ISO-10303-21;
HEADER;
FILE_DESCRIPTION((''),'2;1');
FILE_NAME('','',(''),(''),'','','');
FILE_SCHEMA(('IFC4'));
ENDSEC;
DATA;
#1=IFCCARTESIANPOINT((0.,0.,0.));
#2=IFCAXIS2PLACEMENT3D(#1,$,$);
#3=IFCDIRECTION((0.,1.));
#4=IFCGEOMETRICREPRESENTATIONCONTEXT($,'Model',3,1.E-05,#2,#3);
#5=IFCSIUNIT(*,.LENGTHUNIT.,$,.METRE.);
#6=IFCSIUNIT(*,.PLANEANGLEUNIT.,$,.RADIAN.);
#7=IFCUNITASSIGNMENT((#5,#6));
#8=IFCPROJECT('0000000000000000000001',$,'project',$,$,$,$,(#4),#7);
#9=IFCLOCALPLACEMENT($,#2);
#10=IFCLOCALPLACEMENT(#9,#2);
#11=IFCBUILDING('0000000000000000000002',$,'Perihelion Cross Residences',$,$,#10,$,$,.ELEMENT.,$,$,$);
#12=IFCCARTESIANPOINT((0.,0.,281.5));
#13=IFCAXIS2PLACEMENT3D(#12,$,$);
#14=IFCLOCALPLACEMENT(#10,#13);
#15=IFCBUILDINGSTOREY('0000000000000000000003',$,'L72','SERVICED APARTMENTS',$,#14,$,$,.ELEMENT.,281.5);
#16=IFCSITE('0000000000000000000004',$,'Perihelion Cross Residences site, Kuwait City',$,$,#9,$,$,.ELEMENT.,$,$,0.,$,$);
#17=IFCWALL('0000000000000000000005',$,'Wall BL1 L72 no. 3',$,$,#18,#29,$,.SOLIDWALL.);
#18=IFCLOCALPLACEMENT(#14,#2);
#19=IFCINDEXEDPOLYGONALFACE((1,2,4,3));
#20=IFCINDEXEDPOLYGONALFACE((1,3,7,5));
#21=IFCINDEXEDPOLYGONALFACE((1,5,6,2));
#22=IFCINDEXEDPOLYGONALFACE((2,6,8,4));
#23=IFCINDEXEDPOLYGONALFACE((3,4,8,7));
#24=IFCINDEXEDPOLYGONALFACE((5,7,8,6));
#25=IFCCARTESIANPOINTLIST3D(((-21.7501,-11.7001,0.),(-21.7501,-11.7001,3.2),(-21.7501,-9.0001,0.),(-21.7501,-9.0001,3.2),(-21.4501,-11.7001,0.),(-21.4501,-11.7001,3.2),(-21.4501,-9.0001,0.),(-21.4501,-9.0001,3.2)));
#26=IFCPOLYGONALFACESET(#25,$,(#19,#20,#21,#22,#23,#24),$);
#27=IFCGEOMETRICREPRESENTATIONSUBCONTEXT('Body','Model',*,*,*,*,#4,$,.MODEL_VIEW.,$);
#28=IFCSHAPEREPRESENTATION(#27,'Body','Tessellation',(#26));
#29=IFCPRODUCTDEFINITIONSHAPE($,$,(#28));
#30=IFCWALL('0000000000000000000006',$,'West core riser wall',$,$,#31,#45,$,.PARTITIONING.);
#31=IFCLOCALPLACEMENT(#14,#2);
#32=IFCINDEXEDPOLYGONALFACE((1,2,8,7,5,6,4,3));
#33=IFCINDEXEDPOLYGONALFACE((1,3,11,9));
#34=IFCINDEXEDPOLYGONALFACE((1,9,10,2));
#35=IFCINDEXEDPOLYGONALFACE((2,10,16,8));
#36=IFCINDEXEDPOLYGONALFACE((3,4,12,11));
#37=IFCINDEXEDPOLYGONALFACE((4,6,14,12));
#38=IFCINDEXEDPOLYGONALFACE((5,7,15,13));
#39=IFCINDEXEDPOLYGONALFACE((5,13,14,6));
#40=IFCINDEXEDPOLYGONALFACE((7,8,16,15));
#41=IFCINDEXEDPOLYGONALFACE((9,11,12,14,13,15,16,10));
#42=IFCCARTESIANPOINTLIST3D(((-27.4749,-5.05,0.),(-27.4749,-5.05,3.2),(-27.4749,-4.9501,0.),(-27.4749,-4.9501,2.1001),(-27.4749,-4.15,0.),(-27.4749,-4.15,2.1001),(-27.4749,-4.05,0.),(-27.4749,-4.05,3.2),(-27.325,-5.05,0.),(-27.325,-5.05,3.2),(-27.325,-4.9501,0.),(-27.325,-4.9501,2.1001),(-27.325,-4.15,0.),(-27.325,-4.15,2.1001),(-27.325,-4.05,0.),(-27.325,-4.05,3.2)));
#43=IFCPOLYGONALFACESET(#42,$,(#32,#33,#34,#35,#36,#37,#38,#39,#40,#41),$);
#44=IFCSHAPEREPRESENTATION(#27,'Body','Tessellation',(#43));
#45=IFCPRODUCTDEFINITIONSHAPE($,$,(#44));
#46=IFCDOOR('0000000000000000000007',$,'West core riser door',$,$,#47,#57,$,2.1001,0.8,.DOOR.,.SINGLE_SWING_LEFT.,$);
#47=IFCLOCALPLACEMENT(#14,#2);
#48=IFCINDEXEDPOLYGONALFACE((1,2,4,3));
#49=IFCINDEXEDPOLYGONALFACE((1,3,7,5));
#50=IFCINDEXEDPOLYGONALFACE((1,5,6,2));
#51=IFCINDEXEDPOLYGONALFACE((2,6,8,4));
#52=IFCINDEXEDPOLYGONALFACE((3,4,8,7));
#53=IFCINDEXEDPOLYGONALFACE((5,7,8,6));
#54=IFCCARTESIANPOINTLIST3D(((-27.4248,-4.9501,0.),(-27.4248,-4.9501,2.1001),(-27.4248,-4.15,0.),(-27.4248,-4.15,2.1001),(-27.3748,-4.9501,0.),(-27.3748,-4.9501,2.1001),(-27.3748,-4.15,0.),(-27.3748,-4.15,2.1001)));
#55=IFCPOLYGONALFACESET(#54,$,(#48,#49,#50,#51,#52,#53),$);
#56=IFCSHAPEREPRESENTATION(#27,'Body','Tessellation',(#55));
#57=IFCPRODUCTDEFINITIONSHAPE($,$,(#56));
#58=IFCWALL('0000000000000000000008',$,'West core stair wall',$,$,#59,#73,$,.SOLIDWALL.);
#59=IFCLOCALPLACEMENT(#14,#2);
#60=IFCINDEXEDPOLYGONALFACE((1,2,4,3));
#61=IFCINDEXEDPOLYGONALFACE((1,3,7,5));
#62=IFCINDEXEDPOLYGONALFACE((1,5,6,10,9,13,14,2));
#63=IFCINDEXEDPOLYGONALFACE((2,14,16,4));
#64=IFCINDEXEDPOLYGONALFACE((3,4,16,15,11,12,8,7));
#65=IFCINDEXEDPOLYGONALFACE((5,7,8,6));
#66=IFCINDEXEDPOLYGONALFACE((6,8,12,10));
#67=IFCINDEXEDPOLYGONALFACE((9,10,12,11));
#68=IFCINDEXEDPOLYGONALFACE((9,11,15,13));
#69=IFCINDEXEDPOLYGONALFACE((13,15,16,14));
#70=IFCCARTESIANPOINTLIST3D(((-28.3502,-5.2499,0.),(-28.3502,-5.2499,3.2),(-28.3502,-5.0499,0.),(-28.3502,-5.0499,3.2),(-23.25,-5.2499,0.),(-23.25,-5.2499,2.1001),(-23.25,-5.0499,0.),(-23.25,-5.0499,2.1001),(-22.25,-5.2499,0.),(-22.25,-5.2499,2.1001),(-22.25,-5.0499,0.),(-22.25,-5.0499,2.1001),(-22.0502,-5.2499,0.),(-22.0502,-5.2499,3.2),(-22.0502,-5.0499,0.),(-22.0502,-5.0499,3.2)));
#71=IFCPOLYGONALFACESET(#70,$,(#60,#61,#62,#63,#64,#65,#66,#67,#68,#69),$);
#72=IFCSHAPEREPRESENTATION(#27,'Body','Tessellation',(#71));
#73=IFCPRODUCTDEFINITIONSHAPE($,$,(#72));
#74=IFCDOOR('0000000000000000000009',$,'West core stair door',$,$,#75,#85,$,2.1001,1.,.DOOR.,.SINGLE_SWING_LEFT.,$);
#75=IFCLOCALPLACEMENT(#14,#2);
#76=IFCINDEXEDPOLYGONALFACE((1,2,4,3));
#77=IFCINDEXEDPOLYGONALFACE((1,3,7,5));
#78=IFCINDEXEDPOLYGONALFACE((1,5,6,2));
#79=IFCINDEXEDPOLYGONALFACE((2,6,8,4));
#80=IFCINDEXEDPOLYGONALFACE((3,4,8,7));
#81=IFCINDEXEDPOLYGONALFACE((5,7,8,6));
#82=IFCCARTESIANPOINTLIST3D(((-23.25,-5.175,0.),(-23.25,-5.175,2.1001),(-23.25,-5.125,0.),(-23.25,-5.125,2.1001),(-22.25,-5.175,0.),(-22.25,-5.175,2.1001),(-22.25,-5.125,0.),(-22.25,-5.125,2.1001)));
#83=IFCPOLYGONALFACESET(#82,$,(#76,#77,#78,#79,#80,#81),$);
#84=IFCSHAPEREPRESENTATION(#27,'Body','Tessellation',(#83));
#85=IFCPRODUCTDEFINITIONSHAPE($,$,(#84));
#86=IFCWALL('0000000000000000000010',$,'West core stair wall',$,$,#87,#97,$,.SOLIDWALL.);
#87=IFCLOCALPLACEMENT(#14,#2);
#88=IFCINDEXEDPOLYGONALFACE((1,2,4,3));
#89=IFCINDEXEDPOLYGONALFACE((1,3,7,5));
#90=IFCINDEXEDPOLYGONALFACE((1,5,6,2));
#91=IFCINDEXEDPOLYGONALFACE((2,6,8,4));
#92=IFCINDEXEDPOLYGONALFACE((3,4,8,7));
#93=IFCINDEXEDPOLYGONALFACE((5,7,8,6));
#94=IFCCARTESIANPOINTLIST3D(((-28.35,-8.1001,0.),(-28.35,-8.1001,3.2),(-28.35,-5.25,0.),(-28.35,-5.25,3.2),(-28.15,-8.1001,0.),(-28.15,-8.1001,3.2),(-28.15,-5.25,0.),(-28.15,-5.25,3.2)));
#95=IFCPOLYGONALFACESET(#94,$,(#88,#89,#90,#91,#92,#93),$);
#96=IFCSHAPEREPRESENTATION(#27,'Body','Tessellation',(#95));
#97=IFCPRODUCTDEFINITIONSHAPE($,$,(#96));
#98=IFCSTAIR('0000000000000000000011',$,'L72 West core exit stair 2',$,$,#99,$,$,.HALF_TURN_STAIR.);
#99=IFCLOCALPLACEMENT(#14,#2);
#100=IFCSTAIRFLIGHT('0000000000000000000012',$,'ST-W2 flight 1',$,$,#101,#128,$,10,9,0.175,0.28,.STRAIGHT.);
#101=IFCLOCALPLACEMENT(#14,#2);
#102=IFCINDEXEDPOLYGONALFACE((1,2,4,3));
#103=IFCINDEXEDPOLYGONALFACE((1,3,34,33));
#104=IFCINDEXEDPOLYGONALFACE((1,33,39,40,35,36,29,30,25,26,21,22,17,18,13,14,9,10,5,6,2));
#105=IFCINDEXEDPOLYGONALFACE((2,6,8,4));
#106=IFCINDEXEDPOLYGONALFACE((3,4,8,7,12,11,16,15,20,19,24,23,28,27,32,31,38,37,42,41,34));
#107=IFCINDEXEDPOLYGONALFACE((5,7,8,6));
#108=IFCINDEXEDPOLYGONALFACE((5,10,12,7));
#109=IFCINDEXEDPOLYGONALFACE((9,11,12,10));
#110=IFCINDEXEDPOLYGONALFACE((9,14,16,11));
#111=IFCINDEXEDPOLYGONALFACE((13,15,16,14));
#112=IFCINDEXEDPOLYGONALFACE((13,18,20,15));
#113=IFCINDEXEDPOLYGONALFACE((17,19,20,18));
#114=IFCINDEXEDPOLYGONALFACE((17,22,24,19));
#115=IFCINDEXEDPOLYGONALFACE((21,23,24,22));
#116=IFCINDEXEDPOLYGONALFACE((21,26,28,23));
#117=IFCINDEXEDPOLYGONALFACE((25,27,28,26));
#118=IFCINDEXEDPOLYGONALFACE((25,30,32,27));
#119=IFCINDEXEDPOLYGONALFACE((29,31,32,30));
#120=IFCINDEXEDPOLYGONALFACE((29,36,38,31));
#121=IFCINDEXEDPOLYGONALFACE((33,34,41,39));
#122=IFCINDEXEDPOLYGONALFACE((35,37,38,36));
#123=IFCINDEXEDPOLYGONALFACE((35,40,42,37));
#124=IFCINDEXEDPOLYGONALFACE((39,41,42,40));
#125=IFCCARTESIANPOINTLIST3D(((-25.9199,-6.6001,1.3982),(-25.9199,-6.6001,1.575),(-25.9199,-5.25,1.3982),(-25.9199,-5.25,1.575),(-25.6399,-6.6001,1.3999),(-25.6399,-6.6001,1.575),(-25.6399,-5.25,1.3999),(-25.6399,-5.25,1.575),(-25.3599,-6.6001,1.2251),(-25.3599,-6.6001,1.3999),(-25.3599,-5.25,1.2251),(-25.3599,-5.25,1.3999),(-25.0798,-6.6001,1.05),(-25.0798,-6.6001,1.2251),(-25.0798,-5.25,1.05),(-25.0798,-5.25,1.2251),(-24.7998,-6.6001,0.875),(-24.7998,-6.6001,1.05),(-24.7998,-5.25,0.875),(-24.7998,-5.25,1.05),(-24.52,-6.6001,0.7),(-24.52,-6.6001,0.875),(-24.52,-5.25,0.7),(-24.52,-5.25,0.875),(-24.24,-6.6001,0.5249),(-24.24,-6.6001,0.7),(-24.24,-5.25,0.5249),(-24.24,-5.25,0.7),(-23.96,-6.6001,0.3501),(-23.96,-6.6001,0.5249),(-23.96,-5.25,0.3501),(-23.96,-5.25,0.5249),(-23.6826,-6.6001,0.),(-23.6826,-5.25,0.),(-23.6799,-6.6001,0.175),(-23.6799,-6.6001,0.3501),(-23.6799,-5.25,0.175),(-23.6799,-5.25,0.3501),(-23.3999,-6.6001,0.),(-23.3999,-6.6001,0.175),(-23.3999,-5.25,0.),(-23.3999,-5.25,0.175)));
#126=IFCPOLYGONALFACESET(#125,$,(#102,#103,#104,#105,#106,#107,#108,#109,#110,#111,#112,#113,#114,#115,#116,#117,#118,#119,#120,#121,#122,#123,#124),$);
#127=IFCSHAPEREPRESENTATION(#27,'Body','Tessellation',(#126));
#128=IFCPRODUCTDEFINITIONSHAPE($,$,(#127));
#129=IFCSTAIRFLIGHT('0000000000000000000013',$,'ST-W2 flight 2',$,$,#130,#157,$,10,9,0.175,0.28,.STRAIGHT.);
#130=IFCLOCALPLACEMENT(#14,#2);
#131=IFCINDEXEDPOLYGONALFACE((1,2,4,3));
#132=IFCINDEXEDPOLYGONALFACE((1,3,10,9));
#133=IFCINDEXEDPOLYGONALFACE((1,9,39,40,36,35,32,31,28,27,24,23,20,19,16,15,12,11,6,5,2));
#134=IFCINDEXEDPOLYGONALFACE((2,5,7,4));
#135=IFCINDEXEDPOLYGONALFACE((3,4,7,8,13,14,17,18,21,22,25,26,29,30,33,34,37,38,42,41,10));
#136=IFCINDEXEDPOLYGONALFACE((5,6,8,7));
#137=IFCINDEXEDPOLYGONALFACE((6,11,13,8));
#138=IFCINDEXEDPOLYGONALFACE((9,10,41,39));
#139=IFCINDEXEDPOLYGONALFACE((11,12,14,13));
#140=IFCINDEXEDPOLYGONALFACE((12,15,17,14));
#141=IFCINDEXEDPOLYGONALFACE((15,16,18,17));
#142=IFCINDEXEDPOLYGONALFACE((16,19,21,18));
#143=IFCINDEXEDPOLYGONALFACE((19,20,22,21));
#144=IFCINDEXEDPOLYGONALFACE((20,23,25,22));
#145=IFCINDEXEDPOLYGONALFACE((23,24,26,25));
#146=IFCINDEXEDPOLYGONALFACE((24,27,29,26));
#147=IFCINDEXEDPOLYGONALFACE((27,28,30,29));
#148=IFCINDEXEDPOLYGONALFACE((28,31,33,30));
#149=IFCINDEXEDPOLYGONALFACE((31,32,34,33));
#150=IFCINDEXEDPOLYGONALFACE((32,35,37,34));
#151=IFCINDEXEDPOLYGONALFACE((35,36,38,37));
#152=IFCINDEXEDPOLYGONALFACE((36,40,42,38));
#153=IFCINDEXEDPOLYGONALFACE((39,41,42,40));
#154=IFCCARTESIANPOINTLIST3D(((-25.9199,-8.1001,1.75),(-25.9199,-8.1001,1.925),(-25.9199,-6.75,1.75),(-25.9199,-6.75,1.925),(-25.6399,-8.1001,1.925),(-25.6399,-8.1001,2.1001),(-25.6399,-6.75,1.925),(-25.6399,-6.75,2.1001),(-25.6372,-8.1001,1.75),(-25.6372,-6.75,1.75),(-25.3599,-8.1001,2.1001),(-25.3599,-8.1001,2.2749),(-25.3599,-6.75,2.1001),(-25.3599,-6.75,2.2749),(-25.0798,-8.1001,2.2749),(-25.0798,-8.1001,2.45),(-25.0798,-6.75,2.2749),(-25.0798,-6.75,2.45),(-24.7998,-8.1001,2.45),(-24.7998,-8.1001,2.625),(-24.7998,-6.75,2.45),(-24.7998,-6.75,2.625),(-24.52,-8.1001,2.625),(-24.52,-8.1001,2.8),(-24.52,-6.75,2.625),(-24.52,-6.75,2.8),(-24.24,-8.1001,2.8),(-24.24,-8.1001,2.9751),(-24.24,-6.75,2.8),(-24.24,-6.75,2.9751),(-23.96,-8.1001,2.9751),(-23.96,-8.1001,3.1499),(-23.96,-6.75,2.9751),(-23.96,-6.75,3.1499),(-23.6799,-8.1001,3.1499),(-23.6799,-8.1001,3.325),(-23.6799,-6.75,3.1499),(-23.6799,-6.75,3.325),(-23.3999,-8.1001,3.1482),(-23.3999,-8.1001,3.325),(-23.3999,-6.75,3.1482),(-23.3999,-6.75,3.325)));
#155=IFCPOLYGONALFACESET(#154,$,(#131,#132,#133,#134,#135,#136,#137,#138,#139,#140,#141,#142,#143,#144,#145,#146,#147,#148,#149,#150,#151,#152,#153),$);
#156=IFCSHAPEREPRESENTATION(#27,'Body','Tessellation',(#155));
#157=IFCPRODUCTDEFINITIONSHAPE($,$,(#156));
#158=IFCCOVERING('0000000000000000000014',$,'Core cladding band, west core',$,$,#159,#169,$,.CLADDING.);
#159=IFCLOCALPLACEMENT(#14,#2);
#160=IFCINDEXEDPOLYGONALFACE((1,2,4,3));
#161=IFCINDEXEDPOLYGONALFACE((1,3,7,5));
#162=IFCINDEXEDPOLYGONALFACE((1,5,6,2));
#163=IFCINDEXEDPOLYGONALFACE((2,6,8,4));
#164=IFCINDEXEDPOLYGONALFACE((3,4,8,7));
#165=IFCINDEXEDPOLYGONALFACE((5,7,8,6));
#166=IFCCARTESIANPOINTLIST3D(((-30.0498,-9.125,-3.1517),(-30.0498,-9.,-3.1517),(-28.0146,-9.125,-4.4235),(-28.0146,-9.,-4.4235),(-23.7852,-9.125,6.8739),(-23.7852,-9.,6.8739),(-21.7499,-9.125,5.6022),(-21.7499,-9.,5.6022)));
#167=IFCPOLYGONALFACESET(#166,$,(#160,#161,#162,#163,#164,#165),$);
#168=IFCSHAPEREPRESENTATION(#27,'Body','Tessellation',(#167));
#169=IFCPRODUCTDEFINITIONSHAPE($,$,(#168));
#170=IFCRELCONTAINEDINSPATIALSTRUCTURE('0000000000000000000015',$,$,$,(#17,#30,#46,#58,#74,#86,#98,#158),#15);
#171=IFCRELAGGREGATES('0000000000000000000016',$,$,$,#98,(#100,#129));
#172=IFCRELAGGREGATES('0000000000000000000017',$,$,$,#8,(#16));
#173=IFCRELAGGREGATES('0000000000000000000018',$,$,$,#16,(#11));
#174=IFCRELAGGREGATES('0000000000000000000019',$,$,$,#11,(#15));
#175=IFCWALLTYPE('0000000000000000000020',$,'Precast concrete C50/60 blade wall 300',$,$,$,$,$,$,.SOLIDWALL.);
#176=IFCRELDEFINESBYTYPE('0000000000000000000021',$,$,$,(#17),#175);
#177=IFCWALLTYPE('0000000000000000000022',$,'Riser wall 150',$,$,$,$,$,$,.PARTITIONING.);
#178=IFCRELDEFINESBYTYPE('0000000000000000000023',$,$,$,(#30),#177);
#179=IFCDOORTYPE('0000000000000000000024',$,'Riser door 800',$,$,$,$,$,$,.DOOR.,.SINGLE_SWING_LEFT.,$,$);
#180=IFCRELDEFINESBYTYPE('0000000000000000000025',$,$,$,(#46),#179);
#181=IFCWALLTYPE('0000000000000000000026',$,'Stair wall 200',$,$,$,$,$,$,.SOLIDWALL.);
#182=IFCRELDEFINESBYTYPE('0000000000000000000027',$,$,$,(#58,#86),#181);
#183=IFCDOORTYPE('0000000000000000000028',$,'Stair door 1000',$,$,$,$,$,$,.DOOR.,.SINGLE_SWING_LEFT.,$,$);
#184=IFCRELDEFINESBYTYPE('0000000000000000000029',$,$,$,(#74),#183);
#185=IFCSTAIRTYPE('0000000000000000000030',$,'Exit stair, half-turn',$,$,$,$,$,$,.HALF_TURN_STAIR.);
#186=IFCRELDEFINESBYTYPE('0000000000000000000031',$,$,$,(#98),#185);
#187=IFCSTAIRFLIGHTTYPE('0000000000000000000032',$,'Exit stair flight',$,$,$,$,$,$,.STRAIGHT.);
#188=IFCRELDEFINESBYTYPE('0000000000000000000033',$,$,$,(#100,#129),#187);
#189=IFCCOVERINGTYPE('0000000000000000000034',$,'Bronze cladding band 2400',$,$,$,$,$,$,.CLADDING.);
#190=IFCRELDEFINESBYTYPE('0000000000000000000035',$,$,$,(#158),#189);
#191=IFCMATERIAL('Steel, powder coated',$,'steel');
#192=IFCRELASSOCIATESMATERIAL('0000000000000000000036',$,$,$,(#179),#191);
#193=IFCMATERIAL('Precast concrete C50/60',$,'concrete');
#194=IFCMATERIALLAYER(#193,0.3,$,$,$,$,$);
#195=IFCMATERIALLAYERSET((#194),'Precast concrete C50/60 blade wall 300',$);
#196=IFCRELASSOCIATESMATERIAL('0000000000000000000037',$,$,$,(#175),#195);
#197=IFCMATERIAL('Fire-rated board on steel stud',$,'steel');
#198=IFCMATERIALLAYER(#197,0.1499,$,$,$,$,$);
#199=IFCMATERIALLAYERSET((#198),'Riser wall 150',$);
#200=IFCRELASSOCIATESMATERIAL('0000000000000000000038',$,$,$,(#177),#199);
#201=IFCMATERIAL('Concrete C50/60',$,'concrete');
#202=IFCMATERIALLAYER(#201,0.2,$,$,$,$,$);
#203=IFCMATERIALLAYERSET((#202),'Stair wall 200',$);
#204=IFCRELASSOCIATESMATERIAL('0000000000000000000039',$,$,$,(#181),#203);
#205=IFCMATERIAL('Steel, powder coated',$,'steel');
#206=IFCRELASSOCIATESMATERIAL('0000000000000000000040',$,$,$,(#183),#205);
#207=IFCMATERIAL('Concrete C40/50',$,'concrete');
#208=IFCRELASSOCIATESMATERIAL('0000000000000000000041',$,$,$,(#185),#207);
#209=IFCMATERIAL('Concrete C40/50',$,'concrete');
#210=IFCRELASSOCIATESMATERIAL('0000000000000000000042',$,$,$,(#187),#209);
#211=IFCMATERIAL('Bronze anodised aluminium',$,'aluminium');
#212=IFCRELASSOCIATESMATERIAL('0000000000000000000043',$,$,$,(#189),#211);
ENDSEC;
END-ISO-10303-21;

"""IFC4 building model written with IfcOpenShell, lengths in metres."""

from ifc_helpers import new_model, si_unit, direction, frame, frame_2d, origin, origin_2d, place, context, subcontext, project, spatial, polyline, rectangle, outline, extrude, material, layer, layer_set, material_profile, profile_set, type_object, element, fill, aggregate, save


model = new_model("IFC4")

# Units and contexts
model_context = context("Model", 3, precision=1e-05, world=origin(), true_north=direction((0.0, 1.0)))
body_context = subcontext(model_context, "Body", "Model", "MODEL_VIEW")
ifc_project = project(units=[si_unit("LENGTHUNIT", "METRE"), si_unit("PLANEANGLEUNIT", "RADIAN")], contexts=[model_context])

# Site, building, storey
site_placement = place(None, origin())
site = spatial("IfcSite", under=ifc_project, at=site_placement, Name="Perihelion Cross Residences site, Kuwait City", CompositionType="ELEMENT", RefElevation=0.0)
building_placement = place(site_placement, origin())
building = spatial("IfcBuilding", under=site, at=building_placement, Name="Perihelion Cross Residences", CompositionType="ELEMENT")
storey_placement = place(building_placement, frame((0.0, 0.0, 281.5)))
storey = spatial("IfcBuildingStorey", under=building, at=storey_placement, Name="L72", Description="SERVICED APARTMENTS", CompositionType="ELEMENT", Elevation=281.5)

# Shared definitions
ifc_material_1 = material(Name="Steel, powder coated", Category="steel")
door_type_1 = type_object("IfcDoorType", Name="Riser door 800", OperationType="SINGLE_SWING_LEFT", PredefinedType="DOOR", material=ifc_material_1)

# Wall
ifc_material_2 = material(Name="Precast concrete C50/60", Category="concrete")
ifc_layer_1 = layer(ifc_material_2, 0.3)
ifc_layer_set_1 = layer_set([ifc_layer_1], Name="Precast concrete C50/60 blade wall 300")
wall_type_1 = type_object("IfcWallType", Name="Precast concrete C50/60 blade wall 300", PredefinedType="SOLIDWALL", material=ifc_layer_set_1)
wall_1_placement = place(storey_placement, frame((-21.6001, -9.0, 0.0), z_axis=(0.0, 0.0, 1.0), x_axis=(0.0, -1.0, 0.0)))
element("IfcWall", 1, at=wall_1_placement, inside=storey, type_object=wall_type_1, Name="Wall BL1 L72 no. 3", PredefinedType="SOLIDWALL", context=body_context, shape_type="SweptSolid", body=[
    extrude(rectangle(XDim=2.7, YDim=0.3, at=frame_2d((1.3501, 0.0))), origin(), (0.0, 0.0, 1.0), 3.2),
])

# Walls, openings, doors
ifc_material_3 = material(Name="Fire-rated board on steel stud", Category="steel")
ifc_layer_2 = layer(ifc_material_3, 0.1499)
ifc_layer_set_2 = layer_set([ifc_layer_2], Name="Riser wall 150")
wall_type_2 = type_object("IfcWallType", Name="Riser wall 150", PredefinedType="PARTITIONING", material=ifc_layer_set_2)
wall_2_placement = place(storey_placement, frame((-27.3999, -5.05, 0.0), z_axis=(0.0, 0.0, 1.0), x_axis=(0.0, 1.0, 0.0)))
wall_2 = element("IfcWall", 2, at=wall_2_placement, inside=storey, type_object=wall_type_2, Name="West core riser wall", PredefinedType="PARTITIONING", context=body_context, shape_type="SweptSolid", body=[
    extrude(rectangle(XDim=1.0, YDim=0.1499, at=frame_2d((0.5, 0.0))), origin(), (0.0, 0.0, 1.0), 3.2),
])
opening_1_placement = place(wall_2_placement, frame((0.1001, 0.0, 0.0)))
opening_1 = element("IfcOpeningElement", 3, at=opening_1_placement, cuts=wall_2, PredefinedType="OPENING", context=body_context, shape_type="SweptSolid", body=[
    extrude(rectangle(XDim=0.8, YDim=2.1001, at=frame_2d((0.3999, 1.05))), frame((0.0, 0.085, 0.0), z_axis=(0.0, -1.0, 0.0), x_axis=(1.0, 0.0, 0.0)), (0.0, 0.0, 1.0), 0.1699),
])
door_1_placement = place(opening_1_placement, origin())
door_1 = element("IfcDoor", 4, at=door_1_placement, inside=storey, type_object=door_type_1, Name="West core riser door", OperationType="SINGLE_SWING_LEFT", OverallHeight=2.1001, OverallWidth=0.8, PredefinedType="DOOR", context=body_context, shape_type="SweptSolid", body=[
    extrude(rectangle(XDim=0.8, YDim=2.1001, at=frame_2d((0.3999, 1.05))), frame((0.0, 0.0249, 0.0), z_axis=(0.0, -1.0, 0.0), x_axis=(1.0, 0.0, 0.0)), (0.0, 0.0, 1.0), 0.05),
])
fill(opening_1, door_1)
ifc_material_4 = material(Name="Concrete C50/60", Category="concrete")
ifc_layer_3 = layer(ifc_material_4, 0.2)
ifc_layer_set_3 = layer_set([ifc_layer_3], Name="Stair wall 200")
wall_type_3 = type_object("IfcWallType", Name="Stair wall 200", PredefinedType="SOLIDWALL", material=ifc_layer_set_3)
wall_3_placement = place(storey_placement, frame((-28.3501, -5.1499, 0.0), z_axis=(0.0, 0.0, 1.0), x_axis=(1.0, 0.0, 0.0)))
wall_3 = element("IfcWall", 5, at=wall_3_placement, inside=storey, type_object=wall_type_3, Name="West core stair wall", PredefinedType="SOLIDWALL", context=body_context, shape_type="SweptSolid", body=[
    extrude(rectangle(XDim=6.3, YDim=0.2, at=frame_2d((3.1499, 0.0))), origin(), (0.0, 0.0, 1.0), 3.2),
])
opening_2_placement = place(wall_3_placement, frame((5.1001, 0.0, 0.0)))
opening_2 = element("IfcOpeningElement", 6, at=opening_2_placement, cuts=wall_3, PredefinedType="OPENING", context=body_context, shape_type="SweptSolid", body=[
    extrude(rectangle(XDim=1.0, YDim=2.1001, at=frame_2d((0.5, 1.05))), frame((0.0, 0.1099, 0.0), z_axis=(0.0, -1.0, 0.0), x_axis=(1.0, 0.0, 0.0)), (0.0, 0.0, 1.0), 0.22),
])
ifc_material_5 = material(Name="Steel, powder coated", Category="steel")
door_type_2 = type_object("IfcDoorType", Name="Stair door 1000", OperationType="SINGLE_SWING_LEFT", PredefinedType="DOOR", material=ifc_material_5)
door_2_placement = place(opening_2_placement, origin())
door_2 = element("IfcDoor", 7, at=door_2_placement, inside=storey, type_object=door_type_2, Name="West core stair door", OperationType="SINGLE_SWING_LEFT", OverallHeight=2.1001, OverallWidth=1.0, PredefinedType="DOOR", context=body_context, shape_type="SweptSolid", body=[
    extrude(rectangle(XDim=1.0, YDim=2.1001, at=frame_2d((0.5, 1.05))), frame((0.0, 0.0249, 0.0), z_axis=(0.0, -1.0, 0.0), x_axis=(1.0, 0.0, 0.0)), (0.0, 0.0, 1.0), 0.05),
])
fill(opening_2, door_2)

# Wall
wall_4_placement = place(storey_placement, frame((-28.25, -8.1001, 0.0), z_axis=(0.0, 0.0, 1.0), x_axis=(0.0, 1.0, 0.0)))
element("IfcWall", 8, at=wall_4_placement, inside=storey, type_object=wall_type_3, Name="West core stair wall", PredefinedType="SOLIDWALL", context=body_context, shape_type="SweptSolid", body=[
    extrude(rectangle(XDim=2.8501, YDim=0.2, at=frame_2d((1.425, 0.0))), origin(), (0.0, 0.0, 1.0), 3.2),
])

# Stair, stair flights
ifc_material_6 = material(Name="Concrete C40/50", Category="concrete")
stair_type = type_object("IfcStairType", Name="Exit stair, half-turn", PredefinedType="HALF_TURN_STAIR", material=ifc_material_6)
stair_placement = place(storey_placement, origin())
stair = element("IfcStair", 9, at=stair_placement, inside=storey, type_object=stair_type, Name="L72 West core exit stair 2", PredefinedType="HALF_TURN_STAIR")
ifc_material_7 = material(Name="Concrete C40/50", Category="concrete")
stair_flight_type = type_object("IfcStairFlightType", Name="Exit stair flight", PredefinedType="STRAIGHT", material=ifc_material_7)
stair_flight_1_placement = place(storey_placement, frame((-23.3999, -5.925, 0.0), z_axis=(0.0, 0.0, 1.0), x_axis=(-1.0, 0.0, 0.0)))
stair_flight_1 = element("IfcStairFlight", 10, at=stair_flight_1_placement, type_object=stair_flight_type, Name="ST-W2 flight 1", NumberOfRisers=10, NumberOfTreads=9, PredefinedType="STRAIGHT", RiserHeight=0.175, TreadLength=0.28, context=body_context, shape_type="SweptSolid", body=[
    extrude(outline(polyline([(0.0, 0.0), (0.0, 0.175), (0.28, 0.175), (0.28, 0.3501), (0.5601, 0.3501), (0.5601, 0.5249), (0.8401, 0.5249), (0.8401, 0.7), (1.1201, 0.7), (1.1201, 0.875), (1.3999, 0.875), (1.3999, 1.05), (1.6799, 1.05), (1.6799, 1.2251), (1.96, 1.2251), (1.96, 1.3999), (2.24, 1.3999), (2.24, 1.575), (2.52, 1.575), (2.52, 1.75), (2.52, 1.3982), (0.2827, 0.0), (0.0, 0.0)])), frame((0.0, 0.675, 0.0), z_axis=(0.0, -1.0, 0.0), x_axis=(1.0, 0.0, 0.0)), (0.0, 0.0, 1.0), 1.3501),
])
stair_flight_2_placement = place(storey_placement, frame((-25.9199, -7.425, 1.75), z_axis=(0.0, 0.0, 1.0), x_axis=(1.0, 0.0, 0.0)))
stair_flight_2 = element("IfcStairFlight", 11, at=stair_flight_2_placement, type_object=stair_flight_type, Name="ST-W2 flight 2", NumberOfRisers=10, NumberOfTreads=9, PredefinedType="STRAIGHT", RiserHeight=0.175, TreadLength=0.28, context=body_context, shape_type="SweptSolid", body=[
    extrude(outline(polyline([(0.0, 0.0), (0.0, 0.175), (0.28, 0.175), (0.28, 0.3501), (0.5601, 0.3501), (0.5601, 0.5249), (0.8401, 0.5249), (0.8401, 0.7), (1.1201, 0.7), (1.1201, 0.875), (1.3999, 0.875), (1.3999, 1.05), (1.6799, 1.05), (1.6799, 1.2251), (1.96, 1.2251), (1.96, 1.3999), (2.24, 1.3999), (2.24, 1.575), (2.52, 1.575), (2.52, 1.75), (2.52, 1.3982), (0.2827, 0.0), (0.0, 0.0)])), frame((0.0, 0.675, 0.0), z_axis=(0.0, -1.0, 0.0), x_axis=(1.0, 0.0, 0.0)), (0.0, 0.0, 1.0), 1.3501),
])
aggregate(stair, [stair_flight_1, stair_flight_2])

# Covering
ifc_material_8 = material(Name="Bronze anodised aluminium", Category="aluminium")
ifc_material_profile_1 = material_profile(ifc_material_8, rectangle(XDim=0.125, YDim=2.3999, at=origin_2d()), Name="Bronze cladding band 2400")
ifc_profile_set_1 = profile_set([ifc_material_profile_1], Name="Bronze anodised aluminium")
covering_type = type_object("IfcCoveringType", Name="Bronze cladding band 2400", PredefinedType="CLADDING", material=ifc_profile_set_1)
covering_placement = place(storey_placement, frame((-29.0322, -9.0625, -3.7876), z_axis=(0.529915, 0.0, 0.848051), x_axis=(0.0, 1.0, 0.0)))
element("IfcCovering", 12, at=covering_placement, inside=storey, type_object=covering_type, Name="Core cladding band, west core", PredefinedType="CLADDING", context=body_context, shape_type="SweptSolid", body=[
    extrude(rectangle(XDim=0.125, YDim=2.3999, at=origin_2d()), origin(), (0.0, 0.0, 1.0), 11.822),
])

save(model, "model.ifc")
